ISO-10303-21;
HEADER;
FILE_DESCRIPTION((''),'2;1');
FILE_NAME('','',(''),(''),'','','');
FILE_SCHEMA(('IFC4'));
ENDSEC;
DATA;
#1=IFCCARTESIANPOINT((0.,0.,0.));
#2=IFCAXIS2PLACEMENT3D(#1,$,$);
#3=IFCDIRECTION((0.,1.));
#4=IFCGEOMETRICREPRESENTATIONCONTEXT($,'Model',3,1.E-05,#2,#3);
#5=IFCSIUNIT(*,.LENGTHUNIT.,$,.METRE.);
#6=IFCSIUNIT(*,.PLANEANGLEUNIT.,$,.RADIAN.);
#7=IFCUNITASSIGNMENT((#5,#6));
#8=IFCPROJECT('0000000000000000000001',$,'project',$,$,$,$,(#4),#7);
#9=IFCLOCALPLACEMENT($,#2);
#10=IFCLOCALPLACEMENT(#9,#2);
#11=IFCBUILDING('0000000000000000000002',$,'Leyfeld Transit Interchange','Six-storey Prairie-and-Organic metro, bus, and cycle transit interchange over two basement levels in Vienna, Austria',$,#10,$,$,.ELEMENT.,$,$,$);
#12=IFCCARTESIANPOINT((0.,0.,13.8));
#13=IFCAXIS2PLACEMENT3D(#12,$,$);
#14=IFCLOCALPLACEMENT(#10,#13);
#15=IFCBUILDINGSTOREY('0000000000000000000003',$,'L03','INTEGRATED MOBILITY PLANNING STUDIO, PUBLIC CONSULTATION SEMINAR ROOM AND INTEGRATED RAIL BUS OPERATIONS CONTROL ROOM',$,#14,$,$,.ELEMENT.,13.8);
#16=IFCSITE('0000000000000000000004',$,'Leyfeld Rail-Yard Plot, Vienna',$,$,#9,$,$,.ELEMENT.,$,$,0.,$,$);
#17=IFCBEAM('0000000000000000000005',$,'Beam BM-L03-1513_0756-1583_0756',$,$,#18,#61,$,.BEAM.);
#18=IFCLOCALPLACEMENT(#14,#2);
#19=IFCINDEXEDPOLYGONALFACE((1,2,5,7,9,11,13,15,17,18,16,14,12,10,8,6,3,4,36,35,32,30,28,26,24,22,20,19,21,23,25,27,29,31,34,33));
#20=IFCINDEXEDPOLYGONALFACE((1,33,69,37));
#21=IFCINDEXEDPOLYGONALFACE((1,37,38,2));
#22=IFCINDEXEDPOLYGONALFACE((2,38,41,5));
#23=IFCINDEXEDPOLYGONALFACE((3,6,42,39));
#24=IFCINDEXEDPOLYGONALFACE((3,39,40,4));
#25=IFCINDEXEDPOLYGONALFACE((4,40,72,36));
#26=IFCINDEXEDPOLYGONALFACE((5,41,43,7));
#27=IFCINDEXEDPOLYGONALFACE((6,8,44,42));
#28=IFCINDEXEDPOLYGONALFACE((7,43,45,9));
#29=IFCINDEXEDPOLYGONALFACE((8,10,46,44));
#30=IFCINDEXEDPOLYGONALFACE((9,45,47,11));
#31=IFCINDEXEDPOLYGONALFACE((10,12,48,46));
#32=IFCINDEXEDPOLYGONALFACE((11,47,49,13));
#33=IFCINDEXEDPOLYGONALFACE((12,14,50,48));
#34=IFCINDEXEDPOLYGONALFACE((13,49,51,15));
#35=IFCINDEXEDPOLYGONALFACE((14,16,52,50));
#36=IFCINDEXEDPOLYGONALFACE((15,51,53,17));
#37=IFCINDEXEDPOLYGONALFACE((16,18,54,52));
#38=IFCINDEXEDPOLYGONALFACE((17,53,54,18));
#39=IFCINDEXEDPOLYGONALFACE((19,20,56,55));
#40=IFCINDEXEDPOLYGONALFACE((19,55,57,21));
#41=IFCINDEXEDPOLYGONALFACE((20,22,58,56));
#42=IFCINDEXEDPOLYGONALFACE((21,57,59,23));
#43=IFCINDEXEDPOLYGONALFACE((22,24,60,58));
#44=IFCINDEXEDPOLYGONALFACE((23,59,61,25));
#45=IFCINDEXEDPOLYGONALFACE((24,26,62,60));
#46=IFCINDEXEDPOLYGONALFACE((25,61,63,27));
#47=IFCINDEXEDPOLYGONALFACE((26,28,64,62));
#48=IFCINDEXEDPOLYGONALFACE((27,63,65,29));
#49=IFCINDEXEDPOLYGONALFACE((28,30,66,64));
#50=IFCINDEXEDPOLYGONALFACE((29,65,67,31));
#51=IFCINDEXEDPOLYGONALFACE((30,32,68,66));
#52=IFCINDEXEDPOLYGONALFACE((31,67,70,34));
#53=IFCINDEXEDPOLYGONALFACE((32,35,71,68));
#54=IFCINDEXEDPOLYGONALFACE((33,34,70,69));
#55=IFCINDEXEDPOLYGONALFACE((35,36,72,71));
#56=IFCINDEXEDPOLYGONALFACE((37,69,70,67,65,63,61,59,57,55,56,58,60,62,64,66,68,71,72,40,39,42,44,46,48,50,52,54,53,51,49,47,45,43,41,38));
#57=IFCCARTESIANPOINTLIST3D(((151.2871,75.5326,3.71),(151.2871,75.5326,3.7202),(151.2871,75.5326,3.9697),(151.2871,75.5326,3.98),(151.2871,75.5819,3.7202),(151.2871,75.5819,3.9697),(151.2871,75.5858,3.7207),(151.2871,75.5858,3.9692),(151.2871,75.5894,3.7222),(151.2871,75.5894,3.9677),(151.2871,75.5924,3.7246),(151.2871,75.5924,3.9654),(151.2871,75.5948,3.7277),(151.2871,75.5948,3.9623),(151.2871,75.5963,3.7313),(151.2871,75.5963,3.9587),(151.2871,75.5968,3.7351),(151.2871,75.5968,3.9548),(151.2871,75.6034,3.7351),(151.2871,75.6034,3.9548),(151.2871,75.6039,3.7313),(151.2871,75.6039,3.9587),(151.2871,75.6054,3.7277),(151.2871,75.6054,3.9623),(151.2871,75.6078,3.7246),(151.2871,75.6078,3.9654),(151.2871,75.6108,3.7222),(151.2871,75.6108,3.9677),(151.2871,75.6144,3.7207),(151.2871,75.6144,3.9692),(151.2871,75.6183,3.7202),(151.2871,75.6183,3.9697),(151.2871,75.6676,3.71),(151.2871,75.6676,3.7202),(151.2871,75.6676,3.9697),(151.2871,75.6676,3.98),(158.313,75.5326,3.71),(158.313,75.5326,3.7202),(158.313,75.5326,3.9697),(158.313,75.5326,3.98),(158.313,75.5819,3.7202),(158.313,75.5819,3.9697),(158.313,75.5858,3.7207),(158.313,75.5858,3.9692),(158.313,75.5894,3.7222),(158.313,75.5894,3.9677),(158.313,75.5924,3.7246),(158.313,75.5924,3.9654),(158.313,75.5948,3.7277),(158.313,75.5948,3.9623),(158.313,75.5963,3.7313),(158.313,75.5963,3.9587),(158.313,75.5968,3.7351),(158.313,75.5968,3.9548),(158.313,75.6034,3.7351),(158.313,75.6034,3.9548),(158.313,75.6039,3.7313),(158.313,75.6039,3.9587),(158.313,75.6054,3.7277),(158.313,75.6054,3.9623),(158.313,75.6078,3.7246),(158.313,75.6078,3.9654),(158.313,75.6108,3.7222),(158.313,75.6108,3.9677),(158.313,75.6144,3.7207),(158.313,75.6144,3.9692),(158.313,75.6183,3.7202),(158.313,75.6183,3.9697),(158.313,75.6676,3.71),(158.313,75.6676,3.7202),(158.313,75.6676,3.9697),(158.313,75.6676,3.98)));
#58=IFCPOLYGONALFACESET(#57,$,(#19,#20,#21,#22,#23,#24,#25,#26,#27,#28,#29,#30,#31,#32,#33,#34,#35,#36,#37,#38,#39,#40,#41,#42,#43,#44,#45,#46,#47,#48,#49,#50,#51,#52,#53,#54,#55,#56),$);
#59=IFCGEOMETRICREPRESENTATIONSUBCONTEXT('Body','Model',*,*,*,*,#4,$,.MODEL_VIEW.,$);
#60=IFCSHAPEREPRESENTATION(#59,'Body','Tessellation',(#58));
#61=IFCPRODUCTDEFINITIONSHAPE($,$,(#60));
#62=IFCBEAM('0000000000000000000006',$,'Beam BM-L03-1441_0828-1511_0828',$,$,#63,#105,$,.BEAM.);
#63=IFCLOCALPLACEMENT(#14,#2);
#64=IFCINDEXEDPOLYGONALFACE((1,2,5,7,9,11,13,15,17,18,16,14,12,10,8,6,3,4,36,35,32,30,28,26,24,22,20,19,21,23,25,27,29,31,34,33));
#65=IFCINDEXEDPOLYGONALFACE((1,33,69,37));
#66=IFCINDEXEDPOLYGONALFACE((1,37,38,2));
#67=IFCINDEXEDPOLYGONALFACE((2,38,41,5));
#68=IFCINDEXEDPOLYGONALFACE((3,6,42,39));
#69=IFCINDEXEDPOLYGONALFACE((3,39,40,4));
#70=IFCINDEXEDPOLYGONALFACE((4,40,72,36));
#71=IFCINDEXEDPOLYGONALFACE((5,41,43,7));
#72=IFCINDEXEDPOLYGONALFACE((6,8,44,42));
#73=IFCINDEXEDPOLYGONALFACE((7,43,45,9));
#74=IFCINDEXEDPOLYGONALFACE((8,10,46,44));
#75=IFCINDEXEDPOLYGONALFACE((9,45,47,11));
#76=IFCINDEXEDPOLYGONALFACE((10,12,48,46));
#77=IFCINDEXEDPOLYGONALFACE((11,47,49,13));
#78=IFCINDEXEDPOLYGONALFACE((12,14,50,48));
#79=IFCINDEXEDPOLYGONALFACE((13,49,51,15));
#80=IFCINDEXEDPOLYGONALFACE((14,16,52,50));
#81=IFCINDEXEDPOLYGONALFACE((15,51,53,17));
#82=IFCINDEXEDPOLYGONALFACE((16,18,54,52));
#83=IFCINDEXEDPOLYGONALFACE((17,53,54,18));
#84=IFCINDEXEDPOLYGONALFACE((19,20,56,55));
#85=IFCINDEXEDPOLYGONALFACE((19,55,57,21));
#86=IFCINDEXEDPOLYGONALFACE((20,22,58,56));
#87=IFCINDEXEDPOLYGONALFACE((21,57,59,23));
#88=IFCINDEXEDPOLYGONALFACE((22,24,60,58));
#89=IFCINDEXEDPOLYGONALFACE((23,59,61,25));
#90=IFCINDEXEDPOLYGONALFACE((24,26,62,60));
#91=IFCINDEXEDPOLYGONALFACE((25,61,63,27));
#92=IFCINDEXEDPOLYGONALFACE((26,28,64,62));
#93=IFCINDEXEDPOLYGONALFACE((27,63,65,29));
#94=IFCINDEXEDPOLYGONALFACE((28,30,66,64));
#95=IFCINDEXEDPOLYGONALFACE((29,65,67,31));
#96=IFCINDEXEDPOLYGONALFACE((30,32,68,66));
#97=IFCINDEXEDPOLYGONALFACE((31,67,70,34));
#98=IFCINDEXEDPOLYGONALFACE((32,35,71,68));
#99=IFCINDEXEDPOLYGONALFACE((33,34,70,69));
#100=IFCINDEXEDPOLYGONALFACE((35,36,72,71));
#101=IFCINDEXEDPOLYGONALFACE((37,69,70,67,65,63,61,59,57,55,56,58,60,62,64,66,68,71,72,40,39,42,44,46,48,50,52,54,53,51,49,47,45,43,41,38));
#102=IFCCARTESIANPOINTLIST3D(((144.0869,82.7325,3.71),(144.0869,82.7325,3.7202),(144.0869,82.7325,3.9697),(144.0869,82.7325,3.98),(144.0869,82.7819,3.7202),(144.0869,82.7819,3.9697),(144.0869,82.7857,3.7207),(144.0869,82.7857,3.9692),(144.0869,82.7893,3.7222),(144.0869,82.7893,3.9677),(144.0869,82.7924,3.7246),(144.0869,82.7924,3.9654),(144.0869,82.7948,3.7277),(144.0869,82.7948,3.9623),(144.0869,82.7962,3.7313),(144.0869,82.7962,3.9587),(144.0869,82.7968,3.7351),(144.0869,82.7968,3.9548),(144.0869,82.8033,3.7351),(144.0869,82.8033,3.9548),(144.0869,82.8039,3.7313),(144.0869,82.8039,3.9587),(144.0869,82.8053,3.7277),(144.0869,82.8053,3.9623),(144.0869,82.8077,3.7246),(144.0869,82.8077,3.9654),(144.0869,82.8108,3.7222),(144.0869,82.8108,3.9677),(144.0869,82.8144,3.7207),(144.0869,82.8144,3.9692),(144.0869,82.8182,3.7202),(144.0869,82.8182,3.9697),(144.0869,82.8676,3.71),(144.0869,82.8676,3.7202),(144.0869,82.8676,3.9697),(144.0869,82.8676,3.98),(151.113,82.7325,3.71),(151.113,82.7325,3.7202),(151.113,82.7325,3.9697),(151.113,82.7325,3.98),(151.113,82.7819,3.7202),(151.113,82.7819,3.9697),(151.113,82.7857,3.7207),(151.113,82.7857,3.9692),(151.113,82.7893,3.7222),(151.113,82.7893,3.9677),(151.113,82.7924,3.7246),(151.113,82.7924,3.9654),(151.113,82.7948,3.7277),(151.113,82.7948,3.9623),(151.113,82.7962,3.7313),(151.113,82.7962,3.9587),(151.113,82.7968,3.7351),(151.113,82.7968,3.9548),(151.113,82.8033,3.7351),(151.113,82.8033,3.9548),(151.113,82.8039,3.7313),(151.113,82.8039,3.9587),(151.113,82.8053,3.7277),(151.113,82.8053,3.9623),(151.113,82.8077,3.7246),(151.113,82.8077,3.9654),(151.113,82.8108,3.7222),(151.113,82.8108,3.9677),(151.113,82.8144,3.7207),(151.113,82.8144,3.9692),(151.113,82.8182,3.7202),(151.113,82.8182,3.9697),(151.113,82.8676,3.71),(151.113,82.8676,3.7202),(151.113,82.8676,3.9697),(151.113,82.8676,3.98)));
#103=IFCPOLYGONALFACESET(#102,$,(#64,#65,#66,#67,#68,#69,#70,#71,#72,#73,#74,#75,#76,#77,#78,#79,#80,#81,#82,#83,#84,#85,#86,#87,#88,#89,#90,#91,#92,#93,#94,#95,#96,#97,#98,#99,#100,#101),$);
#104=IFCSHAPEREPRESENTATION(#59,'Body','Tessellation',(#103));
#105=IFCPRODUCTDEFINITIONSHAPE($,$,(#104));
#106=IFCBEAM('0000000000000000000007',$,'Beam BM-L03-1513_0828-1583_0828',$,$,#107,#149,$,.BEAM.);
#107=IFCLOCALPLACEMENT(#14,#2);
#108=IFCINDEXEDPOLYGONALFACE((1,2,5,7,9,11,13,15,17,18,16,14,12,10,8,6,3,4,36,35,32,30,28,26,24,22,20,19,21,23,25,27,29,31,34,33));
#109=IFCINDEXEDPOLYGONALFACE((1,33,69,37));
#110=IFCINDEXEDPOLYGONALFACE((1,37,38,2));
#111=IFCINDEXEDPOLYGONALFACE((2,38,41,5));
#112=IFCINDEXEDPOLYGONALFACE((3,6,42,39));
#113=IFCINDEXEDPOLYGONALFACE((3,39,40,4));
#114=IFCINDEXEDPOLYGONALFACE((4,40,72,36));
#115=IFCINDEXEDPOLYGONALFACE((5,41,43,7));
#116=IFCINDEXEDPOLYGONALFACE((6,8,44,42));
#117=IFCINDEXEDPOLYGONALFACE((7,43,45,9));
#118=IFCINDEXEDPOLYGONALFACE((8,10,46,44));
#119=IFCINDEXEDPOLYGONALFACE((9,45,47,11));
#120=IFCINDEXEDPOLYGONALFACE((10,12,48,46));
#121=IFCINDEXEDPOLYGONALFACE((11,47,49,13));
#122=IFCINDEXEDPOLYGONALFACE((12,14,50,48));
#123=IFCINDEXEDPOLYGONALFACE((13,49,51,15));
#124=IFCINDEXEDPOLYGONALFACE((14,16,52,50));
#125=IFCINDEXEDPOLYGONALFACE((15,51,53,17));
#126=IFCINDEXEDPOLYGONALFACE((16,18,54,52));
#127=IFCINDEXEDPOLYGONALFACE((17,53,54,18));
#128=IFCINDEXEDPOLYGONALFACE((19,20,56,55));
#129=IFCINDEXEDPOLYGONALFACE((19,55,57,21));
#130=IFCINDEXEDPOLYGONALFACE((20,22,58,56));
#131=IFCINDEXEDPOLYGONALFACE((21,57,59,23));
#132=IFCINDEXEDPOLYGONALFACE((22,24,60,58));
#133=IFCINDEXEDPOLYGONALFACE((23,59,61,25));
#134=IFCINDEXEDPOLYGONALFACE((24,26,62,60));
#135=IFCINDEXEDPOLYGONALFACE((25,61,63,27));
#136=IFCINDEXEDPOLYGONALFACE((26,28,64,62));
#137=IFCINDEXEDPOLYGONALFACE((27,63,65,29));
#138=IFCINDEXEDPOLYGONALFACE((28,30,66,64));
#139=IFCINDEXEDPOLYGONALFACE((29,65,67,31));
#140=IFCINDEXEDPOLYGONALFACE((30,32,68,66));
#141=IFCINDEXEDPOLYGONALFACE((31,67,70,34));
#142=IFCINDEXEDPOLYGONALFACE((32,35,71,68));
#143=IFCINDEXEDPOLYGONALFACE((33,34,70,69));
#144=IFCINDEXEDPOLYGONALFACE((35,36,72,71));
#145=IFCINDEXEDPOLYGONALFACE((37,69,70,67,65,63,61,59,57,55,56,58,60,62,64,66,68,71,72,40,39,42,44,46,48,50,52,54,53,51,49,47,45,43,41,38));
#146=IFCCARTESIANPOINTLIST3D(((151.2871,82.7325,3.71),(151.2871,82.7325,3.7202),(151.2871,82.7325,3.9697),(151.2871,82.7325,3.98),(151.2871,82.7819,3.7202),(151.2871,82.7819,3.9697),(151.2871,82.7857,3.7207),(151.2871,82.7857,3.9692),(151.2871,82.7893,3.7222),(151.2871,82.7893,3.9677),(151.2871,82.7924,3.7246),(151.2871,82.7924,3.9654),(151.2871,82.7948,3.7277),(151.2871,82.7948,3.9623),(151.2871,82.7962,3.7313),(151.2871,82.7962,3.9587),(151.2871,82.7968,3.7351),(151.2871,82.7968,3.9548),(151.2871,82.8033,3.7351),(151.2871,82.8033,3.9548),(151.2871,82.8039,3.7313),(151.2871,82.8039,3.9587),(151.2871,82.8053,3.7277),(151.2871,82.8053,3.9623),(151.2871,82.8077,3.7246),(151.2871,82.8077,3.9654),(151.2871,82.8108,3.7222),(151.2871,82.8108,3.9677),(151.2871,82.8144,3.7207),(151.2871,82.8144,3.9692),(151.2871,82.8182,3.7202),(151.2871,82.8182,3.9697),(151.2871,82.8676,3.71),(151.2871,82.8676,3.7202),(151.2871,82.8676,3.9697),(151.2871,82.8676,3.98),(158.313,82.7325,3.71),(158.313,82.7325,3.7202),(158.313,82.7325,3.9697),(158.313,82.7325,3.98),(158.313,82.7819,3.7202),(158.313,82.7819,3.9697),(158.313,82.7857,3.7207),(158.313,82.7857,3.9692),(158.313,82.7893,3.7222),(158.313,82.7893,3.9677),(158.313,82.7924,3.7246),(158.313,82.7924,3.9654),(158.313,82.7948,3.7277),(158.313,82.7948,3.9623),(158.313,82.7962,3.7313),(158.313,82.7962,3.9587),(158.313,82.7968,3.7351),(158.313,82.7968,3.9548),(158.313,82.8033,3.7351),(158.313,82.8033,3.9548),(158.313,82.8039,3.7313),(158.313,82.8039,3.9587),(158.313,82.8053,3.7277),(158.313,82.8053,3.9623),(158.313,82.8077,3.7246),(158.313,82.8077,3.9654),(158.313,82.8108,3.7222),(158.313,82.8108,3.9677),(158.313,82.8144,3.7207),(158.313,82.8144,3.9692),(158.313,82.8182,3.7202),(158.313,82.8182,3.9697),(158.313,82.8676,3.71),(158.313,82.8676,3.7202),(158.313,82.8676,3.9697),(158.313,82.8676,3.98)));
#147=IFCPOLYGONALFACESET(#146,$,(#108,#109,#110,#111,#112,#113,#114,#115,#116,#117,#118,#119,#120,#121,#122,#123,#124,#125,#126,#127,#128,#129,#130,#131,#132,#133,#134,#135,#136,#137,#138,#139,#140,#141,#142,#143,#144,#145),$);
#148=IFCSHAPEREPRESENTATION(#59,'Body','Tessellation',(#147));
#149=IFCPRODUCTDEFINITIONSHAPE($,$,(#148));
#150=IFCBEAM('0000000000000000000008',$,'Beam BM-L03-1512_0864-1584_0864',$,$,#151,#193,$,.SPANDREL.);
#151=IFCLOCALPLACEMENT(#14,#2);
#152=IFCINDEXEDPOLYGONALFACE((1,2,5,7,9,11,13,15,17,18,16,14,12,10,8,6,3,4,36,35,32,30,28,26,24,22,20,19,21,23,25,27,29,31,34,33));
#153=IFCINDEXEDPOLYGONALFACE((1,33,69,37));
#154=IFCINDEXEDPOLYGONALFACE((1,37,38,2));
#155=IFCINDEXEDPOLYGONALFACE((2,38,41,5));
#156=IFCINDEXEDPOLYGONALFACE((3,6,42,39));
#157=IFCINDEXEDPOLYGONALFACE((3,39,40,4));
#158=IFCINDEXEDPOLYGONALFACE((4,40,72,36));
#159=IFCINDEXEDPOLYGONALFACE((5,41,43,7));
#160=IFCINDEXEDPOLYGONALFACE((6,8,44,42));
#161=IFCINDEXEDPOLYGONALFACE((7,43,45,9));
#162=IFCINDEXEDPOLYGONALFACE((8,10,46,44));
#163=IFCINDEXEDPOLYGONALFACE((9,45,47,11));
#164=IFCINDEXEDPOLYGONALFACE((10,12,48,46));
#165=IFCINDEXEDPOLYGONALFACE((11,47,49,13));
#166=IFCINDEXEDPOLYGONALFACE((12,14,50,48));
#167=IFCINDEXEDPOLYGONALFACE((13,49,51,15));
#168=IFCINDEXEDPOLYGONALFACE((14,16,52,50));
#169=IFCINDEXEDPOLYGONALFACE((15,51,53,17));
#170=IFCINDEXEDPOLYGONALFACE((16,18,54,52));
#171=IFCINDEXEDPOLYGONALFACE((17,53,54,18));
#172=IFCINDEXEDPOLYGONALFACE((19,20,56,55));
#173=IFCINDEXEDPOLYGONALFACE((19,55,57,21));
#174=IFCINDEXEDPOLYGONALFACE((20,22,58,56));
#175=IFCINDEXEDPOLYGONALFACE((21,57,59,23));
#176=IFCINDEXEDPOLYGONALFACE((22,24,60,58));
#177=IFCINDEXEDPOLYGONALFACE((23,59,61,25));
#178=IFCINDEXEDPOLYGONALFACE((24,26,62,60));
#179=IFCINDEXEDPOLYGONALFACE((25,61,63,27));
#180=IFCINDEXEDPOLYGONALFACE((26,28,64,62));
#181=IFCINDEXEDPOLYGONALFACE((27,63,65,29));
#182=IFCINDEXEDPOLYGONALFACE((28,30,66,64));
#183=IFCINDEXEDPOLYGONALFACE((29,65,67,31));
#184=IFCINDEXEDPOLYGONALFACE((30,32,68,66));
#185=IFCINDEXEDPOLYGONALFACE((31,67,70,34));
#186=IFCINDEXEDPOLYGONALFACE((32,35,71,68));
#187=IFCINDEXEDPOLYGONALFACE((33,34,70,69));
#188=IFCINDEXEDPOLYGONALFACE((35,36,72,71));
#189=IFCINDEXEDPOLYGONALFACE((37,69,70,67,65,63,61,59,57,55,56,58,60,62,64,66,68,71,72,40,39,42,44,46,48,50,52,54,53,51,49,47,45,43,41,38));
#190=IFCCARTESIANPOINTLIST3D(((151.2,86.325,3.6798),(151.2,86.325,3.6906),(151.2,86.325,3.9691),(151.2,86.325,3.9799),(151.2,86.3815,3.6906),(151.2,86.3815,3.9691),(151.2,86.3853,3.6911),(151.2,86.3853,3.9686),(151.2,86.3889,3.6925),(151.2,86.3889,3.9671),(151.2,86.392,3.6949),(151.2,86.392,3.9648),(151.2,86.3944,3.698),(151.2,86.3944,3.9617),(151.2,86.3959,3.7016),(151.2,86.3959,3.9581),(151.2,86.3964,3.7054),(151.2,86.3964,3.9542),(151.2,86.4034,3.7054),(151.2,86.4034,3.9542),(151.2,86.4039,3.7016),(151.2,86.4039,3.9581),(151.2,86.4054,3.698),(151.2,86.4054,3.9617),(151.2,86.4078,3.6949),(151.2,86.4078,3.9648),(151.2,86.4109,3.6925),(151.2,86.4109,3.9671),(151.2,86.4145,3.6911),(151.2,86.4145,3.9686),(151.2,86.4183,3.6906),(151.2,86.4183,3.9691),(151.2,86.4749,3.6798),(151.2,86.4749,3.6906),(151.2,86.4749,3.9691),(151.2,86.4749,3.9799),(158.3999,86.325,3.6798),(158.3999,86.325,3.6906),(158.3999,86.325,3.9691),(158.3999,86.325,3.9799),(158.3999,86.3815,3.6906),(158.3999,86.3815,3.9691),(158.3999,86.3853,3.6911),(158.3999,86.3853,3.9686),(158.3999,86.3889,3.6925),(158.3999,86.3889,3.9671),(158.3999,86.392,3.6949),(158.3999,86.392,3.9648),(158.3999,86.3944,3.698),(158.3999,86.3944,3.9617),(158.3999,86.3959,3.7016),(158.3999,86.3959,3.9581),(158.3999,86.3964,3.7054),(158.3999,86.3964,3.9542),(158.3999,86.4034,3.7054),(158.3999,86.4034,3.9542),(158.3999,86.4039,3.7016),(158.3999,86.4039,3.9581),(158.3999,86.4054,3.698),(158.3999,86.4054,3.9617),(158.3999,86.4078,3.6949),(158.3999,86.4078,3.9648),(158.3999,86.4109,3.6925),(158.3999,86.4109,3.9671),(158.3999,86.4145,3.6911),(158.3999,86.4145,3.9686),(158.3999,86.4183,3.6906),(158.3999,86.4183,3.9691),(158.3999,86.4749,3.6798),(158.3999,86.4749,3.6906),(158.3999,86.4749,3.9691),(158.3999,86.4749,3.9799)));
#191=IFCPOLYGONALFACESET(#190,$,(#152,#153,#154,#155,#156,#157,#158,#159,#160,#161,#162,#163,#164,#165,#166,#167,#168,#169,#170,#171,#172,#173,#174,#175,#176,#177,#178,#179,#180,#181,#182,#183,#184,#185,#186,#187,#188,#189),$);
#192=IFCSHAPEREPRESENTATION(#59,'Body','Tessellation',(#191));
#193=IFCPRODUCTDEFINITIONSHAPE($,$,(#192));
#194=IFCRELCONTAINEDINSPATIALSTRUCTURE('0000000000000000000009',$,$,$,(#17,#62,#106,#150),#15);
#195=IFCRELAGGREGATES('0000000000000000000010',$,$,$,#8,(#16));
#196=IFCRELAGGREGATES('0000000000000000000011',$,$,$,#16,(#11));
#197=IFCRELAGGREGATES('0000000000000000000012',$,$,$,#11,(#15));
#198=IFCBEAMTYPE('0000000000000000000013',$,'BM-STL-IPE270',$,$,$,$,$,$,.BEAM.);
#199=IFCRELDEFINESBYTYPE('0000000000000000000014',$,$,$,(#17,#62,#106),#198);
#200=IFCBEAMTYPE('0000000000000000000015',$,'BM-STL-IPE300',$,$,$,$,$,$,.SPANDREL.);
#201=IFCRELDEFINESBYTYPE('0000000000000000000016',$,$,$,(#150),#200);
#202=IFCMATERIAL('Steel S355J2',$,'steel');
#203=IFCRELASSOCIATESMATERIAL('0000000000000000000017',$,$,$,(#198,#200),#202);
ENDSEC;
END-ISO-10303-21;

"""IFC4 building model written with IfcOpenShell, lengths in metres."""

from ifc_helpers import new_model, si_unit, direction, frame, origin, origin_2d, place, context, subcontext, project, spatial, i_section, extrude, material, material_profile, profile_set, type_object, element, save


model = new_model("IFC4")

# Units and contexts
model_context = context("Model", 3, precision=1e-05, world=origin(), true_north=direction((0.0, 1.0)))
body_context = subcontext(model_context, "Body", "Model", "MODEL_VIEW")
ifc_project = project(units=[si_unit("LENGTHUNIT", "METRE"), si_unit("PLANEANGLEUNIT", "RADIAN")], contexts=[model_context])

# Site, building, storey
site_placement = place(None, origin())
site = spatial("IfcSite", under=ifc_project, at=site_placement, Name="Leyfeld Rail-Yard Plot, Vienna", CompositionType="ELEMENT", RefElevation=0.0)
building_placement = place(site_placement, origin())
building = spatial("IfcBuilding", under=site, at=building_placement, Name="Leyfeld Transit Interchange", Description="Six-storey Prairie-and-Organic metro, bus, and cycle transit interchange over two basement levels in Vienna, Austria", CompositionType="ELEMENT")
storey_placement = place(building_placement, frame((0.0, 0.0, 13.8)))
storey = spatial("IfcBuildingStorey", under=building, at=storey_placement, Name="L03", Description="INTEGRATED MOBILITY PLANNING STUDIO, PUBLIC CONSULTATION SEMINAR ROOM AND INTEGRATED RAIL BUS OPERATIONS CONTROL ROOM", CompositionType="ELEMENT", Elevation=13.8)

# Shared definitions
ifc_material_1 = material(Name="Steel S355J2", Category="steel")

# Beams
ifc_material_profile_1 = material_profile(ifc_material_1, i_section(OverallWidth=0.135, OverallDepth=0.27, WebThickness=0.0066, FlangeThickness=0.0103, FilletRadius=0.0149, at=origin_2d()), Name="IPE 270")
ifc_profile_set_1 = profile_set([ifc_material_profile_1], Name="Steel S355J2")
beam_type_1 = type_object("IfcBeamType", Name="BM-STL-IPE270", PredefinedType="BEAM", material=ifc_profile_set_1)
beam_1_placement = place(storey_placement, frame((151.2871, 75.6001, 3.845), z_axis=(1.0, 0.0, 0.0), x_axis=(0.0, 1.0, 0.0)))
element("IfcBeam", 1, at=beam_1_placement, inside=storey, type_object=beam_type_1, Name="Beam BM-L03-1513_0756-1583_0756", PredefinedType="BEAM", context=body_context, shape_type="SweptSolid", body=[
    extrude(i_section(OverallWidth=0.135, OverallDepth=0.27, WebThickness=0.0066, FlangeThickness=0.0103, FilletRadius=0.0149, at=origin_2d()), origin(), (0.0, 0.0, 1.0), 7.0259),
])
beam_2_placement = place(storey_placement, frame((144.0869, 82.8, 3.845), z_axis=(1.0, 0.0, 0.0), x_axis=(0.0, 1.0, 0.0)))
element("IfcBeam", 2, at=beam_2_placement, inside=storey, type_object=beam_type_1, Name="Beam BM-L03-1441_0828-1511_0828", PredefinedType="BEAM", context=body_context, shape_type="SweptSolid", body=[
    extrude(i_section(OverallWidth=0.135, OverallDepth=0.27, WebThickness=0.0066, FlangeThickness=0.0103, FilletRadius=0.0149, at=origin_2d()), origin(), (0.0, 0.0, 1.0), 7.0261),
])
beam_3_placement = place(storey_placement, frame((151.2871, 82.8, 3.845), z_axis=(1.0, 0.0, 0.0), x_axis=(0.0, 1.0, 0.0)))
element("IfcBeam", 3, at=beam_3_placement, inside=storey, type_object=beam_type_1, Name="Beam BM-L03-1513_0828-1583_0828", PredefinedType="BEAM", context=body_context, shape_type="SweptSolid", body=[
    extrude(i_section(OverallWidth=0.135, OverallDepth=0.27, WebThickness=0.0066, FlangeThickness=0.0103, FilletRadius=0.0149, at=origin_2d()), origin(), (0.0, 0.0, 1.0), 7.0259),
])
ifc_material_profile_2 = material_profile(ifc_material_1, i_section(OverallWidth=0.1499, OverallDepth=0.3, WebThickness=0.0071, FlangeThickness=0.0107, FilletRadius=0.0149, at=origin_2d()), Name="IPE 300")
ifc_profile_set_2 = profile_set([ifc_material_profile_2], Name="Steel S355J2")
beam_type_2 = type_object("IfcBeamType", Name="BM-STL-IPE300", PredefinedType="SPANDREL", material=ifc_profile_set_2)
beam_4_placement = place(storey_placement, frame((151.2, 86.3999, 3.8298), z_axis=(1.0, 0.0, 0.0), x_axis=(0.0, 1.0, 0.0)))
element("IfcBeam", 4, at=beam_4_placement, inside=storey, type_object=beam_type_2, Name="Beam BM-L03-1512_0864-1584_0864", PredefinedType="SPANDREL", context=body_context, shape_type="SweptSolid", body=[
    extrude(i_section(OverallWidth=0.1499, OverallDepth=0.3, WebThickness=0.0071, FlangeThickness=0.0107, FilletRadius=0.0149, at=origin_2d()), origin(), (0.0, 0.0, 1.0), 7.2),
])

save(model, "model.ifc")
